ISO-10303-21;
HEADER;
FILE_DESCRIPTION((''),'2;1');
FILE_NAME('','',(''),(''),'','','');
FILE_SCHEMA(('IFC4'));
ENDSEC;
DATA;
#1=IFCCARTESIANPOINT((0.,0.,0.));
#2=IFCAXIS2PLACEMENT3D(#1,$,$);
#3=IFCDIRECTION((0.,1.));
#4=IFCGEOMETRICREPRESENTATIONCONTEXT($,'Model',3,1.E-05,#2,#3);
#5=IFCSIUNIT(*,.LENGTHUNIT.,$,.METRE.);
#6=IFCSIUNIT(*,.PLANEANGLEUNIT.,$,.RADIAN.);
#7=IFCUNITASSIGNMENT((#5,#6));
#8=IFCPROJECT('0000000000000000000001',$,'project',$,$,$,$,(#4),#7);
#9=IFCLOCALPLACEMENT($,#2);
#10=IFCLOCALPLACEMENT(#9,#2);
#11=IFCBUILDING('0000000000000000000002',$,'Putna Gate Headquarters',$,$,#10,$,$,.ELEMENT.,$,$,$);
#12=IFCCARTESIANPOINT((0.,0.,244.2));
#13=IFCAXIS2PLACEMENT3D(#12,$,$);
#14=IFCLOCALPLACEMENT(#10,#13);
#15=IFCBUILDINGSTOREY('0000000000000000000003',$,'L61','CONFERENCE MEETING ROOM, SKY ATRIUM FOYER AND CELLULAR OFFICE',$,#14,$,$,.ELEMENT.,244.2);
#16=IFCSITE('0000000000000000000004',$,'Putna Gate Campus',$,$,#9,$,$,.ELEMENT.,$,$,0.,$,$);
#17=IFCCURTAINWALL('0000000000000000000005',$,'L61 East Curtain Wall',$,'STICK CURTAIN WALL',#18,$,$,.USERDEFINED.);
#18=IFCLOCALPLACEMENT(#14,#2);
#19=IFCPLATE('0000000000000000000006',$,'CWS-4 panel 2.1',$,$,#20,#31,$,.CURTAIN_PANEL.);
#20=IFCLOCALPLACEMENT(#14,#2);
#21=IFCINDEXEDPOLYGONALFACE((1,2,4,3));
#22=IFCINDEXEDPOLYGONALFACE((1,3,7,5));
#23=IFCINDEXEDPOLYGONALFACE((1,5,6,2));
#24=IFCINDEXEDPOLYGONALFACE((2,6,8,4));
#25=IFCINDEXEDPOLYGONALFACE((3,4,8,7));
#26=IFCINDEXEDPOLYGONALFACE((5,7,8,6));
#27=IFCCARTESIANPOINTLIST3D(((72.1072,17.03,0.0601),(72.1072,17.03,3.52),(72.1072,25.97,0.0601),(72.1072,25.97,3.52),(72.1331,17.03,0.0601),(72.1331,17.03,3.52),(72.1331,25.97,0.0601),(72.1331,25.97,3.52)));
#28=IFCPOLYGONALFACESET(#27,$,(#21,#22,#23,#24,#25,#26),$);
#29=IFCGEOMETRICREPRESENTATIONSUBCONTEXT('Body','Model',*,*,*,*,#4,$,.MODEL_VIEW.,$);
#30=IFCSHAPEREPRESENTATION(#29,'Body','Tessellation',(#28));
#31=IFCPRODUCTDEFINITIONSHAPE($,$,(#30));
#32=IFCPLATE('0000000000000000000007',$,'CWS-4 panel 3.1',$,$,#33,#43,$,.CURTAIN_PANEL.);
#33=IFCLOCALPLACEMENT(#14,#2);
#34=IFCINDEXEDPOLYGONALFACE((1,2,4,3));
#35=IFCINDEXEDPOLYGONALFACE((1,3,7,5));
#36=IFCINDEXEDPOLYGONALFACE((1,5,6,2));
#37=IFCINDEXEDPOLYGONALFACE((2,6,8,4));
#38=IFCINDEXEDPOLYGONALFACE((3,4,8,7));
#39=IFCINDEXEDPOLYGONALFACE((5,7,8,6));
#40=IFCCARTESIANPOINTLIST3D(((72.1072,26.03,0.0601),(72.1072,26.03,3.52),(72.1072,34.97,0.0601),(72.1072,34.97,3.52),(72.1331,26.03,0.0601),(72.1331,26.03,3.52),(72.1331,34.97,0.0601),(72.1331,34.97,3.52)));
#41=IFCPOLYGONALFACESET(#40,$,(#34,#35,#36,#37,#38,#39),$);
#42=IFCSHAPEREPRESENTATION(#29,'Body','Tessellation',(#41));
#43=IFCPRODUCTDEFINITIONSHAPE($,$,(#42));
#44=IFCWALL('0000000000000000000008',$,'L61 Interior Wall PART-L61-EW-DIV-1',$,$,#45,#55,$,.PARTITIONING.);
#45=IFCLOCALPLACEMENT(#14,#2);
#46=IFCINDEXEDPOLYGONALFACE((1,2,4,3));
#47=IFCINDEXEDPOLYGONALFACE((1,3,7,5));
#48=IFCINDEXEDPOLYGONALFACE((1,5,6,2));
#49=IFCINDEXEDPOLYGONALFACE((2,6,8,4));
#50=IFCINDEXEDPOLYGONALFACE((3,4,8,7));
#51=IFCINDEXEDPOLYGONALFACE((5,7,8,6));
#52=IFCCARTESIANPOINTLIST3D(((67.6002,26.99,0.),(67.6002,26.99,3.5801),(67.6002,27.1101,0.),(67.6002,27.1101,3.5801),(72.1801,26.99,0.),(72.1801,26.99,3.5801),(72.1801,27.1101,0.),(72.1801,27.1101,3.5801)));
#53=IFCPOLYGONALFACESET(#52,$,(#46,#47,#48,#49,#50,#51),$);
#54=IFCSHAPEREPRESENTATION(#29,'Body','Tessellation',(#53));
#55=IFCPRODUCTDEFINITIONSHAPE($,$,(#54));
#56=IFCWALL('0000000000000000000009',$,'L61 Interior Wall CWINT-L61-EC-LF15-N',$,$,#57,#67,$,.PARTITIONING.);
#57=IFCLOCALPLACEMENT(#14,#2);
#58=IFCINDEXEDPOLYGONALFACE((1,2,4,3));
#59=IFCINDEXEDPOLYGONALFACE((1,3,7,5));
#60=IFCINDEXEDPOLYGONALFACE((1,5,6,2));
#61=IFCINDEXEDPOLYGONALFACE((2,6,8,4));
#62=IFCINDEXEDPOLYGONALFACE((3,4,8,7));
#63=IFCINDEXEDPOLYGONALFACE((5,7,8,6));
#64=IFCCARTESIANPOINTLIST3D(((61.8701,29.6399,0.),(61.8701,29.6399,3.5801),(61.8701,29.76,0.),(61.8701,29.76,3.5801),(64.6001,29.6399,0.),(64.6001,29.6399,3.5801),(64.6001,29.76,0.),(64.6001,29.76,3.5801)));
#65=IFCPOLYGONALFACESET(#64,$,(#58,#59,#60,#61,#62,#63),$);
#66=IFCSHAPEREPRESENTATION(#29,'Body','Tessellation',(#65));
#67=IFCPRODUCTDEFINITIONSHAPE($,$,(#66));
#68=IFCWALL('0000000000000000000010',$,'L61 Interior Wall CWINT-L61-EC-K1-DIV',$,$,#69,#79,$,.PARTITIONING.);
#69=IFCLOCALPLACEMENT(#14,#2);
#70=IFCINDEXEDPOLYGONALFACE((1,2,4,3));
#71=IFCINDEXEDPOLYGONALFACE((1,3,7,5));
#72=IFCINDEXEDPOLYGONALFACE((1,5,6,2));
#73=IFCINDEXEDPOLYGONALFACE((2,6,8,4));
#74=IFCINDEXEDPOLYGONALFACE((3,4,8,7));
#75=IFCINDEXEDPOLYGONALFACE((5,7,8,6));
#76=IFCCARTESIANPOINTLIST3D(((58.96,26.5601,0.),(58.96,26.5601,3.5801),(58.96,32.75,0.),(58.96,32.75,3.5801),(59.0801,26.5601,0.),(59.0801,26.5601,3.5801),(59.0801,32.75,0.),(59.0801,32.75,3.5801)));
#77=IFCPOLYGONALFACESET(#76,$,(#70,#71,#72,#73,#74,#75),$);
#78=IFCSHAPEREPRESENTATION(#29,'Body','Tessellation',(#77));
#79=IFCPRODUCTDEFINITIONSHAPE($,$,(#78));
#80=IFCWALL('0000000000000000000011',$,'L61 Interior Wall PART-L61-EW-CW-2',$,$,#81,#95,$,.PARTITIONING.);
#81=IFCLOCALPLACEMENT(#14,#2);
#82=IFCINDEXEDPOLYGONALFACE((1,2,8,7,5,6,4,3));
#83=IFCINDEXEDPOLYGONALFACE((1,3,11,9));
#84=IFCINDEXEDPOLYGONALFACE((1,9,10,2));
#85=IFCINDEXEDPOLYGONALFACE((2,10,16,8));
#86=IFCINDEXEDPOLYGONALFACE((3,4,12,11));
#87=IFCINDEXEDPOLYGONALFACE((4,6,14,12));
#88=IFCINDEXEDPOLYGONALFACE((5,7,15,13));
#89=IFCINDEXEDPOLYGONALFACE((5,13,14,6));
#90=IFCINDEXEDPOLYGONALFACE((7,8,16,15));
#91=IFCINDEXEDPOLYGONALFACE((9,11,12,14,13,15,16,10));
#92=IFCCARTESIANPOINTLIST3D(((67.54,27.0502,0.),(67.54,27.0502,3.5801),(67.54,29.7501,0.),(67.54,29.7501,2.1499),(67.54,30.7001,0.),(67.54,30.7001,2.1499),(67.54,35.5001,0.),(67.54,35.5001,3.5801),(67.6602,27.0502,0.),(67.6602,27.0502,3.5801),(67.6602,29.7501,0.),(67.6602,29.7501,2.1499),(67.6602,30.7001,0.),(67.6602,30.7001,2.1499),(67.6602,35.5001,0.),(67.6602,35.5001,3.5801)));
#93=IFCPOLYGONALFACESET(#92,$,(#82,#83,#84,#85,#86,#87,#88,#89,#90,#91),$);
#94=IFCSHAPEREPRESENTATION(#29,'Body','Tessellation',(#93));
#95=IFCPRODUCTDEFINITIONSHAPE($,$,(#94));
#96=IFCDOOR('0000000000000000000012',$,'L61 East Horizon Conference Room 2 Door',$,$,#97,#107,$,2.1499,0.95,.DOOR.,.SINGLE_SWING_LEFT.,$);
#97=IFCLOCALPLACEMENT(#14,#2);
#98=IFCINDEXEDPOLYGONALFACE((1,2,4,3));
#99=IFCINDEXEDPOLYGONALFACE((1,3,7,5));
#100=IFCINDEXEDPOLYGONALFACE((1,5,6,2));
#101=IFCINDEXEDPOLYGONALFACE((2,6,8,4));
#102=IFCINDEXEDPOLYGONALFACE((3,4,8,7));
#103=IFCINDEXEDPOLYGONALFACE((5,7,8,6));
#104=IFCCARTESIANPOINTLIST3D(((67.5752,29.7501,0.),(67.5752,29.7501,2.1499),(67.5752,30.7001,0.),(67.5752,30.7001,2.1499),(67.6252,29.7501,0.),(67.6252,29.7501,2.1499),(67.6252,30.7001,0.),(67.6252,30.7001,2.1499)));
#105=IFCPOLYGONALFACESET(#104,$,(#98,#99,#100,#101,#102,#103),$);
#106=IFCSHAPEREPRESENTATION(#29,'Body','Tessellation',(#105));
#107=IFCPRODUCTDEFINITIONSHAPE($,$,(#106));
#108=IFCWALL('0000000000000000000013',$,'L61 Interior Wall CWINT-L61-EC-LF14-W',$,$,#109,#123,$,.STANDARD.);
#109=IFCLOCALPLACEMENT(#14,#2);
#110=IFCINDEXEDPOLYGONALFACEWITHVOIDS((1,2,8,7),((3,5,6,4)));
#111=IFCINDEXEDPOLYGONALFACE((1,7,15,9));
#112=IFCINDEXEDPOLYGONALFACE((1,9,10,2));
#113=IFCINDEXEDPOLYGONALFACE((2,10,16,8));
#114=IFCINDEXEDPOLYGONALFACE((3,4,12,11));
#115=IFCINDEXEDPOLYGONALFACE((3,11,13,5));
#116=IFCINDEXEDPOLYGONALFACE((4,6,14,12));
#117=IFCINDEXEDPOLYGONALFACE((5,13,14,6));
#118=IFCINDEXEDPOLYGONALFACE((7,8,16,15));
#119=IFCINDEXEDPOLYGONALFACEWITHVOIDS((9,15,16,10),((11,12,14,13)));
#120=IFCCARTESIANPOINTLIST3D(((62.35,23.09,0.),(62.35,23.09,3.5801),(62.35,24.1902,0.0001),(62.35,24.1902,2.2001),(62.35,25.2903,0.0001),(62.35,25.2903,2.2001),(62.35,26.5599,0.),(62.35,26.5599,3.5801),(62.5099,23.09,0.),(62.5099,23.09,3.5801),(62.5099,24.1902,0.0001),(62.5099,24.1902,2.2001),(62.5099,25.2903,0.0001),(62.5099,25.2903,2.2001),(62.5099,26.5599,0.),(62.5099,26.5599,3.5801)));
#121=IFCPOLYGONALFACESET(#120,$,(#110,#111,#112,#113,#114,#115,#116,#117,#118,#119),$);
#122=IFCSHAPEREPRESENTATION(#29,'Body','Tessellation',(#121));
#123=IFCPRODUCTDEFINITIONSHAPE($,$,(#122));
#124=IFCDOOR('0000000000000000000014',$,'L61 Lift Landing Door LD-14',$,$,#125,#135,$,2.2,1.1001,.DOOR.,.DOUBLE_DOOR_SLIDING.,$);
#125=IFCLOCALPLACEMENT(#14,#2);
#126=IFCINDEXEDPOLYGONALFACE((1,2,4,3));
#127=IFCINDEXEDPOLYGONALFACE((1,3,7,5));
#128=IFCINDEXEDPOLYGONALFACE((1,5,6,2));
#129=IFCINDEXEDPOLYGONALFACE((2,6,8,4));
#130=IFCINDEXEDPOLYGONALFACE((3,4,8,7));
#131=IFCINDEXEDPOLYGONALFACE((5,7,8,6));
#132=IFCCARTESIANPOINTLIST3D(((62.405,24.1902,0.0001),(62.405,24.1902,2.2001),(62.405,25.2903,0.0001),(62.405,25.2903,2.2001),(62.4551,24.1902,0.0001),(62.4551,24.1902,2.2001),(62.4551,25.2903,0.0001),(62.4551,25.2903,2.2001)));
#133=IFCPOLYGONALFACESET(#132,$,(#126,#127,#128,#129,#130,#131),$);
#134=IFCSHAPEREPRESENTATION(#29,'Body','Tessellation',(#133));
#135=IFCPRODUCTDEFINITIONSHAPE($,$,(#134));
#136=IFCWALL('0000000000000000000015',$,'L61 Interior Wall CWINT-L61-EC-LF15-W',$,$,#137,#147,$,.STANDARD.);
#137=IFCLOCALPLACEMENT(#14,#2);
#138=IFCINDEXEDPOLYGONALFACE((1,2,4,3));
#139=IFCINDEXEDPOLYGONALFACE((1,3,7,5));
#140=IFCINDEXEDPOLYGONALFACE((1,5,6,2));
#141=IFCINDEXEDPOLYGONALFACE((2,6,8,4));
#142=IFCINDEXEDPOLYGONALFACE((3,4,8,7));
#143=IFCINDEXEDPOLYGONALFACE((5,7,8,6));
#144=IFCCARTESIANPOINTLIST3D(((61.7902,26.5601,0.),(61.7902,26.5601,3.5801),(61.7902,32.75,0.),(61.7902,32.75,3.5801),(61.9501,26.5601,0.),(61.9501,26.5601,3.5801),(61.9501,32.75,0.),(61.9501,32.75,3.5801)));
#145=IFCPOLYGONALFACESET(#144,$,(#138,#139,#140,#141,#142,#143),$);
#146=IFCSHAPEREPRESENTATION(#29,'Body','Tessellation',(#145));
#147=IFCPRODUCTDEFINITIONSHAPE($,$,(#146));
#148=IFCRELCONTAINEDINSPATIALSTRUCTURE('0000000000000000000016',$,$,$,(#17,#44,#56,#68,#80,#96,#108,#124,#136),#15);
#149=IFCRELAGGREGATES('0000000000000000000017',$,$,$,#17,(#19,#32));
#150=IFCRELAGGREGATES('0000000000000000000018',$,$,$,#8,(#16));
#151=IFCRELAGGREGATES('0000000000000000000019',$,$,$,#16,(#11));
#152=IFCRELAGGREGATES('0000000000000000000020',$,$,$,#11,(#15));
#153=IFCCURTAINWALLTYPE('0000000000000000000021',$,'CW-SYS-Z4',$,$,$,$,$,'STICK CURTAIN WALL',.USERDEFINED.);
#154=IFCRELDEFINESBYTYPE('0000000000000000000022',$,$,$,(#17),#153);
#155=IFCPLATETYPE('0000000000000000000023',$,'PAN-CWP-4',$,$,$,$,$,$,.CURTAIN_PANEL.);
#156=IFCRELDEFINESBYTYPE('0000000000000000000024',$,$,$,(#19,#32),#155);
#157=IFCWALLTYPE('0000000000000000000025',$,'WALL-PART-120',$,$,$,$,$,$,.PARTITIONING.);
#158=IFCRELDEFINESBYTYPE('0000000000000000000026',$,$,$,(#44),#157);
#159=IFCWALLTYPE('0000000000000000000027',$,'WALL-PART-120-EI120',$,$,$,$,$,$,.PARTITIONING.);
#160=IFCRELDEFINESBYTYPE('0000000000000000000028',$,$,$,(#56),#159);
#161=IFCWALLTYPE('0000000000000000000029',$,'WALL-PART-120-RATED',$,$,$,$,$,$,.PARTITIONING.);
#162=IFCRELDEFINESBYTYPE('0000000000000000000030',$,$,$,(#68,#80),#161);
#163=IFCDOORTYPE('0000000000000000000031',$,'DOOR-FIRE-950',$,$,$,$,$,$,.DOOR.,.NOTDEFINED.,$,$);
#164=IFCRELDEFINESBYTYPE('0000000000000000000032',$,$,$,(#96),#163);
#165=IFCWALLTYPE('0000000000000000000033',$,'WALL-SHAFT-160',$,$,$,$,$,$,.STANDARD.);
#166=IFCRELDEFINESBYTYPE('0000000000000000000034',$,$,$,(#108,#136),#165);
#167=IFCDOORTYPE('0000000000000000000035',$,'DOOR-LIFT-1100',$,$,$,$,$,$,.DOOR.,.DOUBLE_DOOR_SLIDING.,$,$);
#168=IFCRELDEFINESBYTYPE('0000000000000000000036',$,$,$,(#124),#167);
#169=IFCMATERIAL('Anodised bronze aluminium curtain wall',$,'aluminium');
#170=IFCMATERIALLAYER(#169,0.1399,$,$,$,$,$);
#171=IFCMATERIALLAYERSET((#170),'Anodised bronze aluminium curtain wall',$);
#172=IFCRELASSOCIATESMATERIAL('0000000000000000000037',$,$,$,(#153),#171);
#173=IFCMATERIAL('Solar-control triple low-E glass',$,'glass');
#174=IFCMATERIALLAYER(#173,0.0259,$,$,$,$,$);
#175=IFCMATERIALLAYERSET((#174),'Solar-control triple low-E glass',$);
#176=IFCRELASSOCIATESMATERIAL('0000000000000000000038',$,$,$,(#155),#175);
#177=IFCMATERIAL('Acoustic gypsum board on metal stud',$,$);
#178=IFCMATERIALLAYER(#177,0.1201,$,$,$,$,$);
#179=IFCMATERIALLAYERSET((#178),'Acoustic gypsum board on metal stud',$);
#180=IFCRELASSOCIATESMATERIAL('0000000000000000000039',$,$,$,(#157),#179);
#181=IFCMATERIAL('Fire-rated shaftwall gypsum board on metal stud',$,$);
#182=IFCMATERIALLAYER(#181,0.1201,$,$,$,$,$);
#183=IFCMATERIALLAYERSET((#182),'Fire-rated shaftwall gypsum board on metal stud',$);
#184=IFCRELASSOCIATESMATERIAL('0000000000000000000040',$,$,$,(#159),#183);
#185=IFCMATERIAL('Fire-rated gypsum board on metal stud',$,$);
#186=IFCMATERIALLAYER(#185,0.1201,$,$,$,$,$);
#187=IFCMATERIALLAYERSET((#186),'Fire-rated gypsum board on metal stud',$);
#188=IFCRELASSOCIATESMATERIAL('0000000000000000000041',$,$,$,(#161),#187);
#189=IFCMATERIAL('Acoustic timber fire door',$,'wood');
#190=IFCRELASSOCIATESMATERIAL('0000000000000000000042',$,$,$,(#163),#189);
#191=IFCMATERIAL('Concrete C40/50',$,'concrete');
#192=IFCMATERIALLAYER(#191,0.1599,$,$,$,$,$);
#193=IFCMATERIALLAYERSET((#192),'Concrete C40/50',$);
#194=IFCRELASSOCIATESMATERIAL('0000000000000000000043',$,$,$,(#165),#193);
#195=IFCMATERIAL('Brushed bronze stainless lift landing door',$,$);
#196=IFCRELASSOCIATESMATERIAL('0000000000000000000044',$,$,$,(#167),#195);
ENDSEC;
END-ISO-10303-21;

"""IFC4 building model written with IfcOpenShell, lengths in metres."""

from ifc_helpers import new_model, si_unit, direction, frame, frame_2d, origin, origin_2d, place, context, subcontext, project, spatial, rectangle, extrude, material, layer, layer_set, type_object, element, fill, aggregate, save


model = new_model("IFC4")

# Units and contexts
model_context = context("Model", 3, precision=1e-05, world=origin(), true_north=direction((0.0, 1.0)))
body_context = subcontext(model_context, "Body", "Model", "MODEL_VIEW")
ifc_project = project(units=[si_unit("LENGTHUNIT", "METRE"), si_unit("PLANEANGLEUNIT", "RADIAN")], contexts=[model_context])

# Site, building, storey
site_placement = place(None, origin())
site = spatial("IfcSite", under=ifc_project, at=site_placement, Name="Putna Gate Campus", CompositionType="ELEMENT", RefElevation=0.0)
building_placement = place(site_placement, origin())
building = spatial("IfcBuilding", under=site, at=building_placement, Name="Putna Gate Headquarters", CompositionType="ELEMENT")
storey_placement = place(building_placement, frame((0.0, 0.0, 244.2)))
storey = spatial("IfcBuildingStorey", under=building, at=storey_placement, Name="L61", Description="CONFERENCE MEETING ROOM, SKY ATRIUM FOYER AND CELLULAR OFFICE", CompositionType="ELEMENT", Elevation=244.2)

# Curtain wall, plates
ifc_material_1 = material(Name="Anodised bronze aluminium curtain wall", Category="aluminium")
ifc_layer_1 = layer(ifc_material_1, 0.1399)
ifc_layer_set_1 = layer_set([ifc_layer_1], Name="Anodised bronze aluminium curtain wall")
curtain_wall_type = type_object("IfcCurtainWallType", Name="CW-SYS-Z4", ElementType="STICK CURTAIN WALL", PredefinedType="USERDEFINED", material=ifc_layer_set_1)
curtain_wall_placement = place(storey_placement, origin())
curtain_wall = element("IfcCurtainWall", 1, at=curtain_wall_placement, inside=storey, type_object=curtain_wall_type, Name="L61 East Curtain Wall", ObjectType="STICK CURTAIN WALL", PredefinedType="USERDEFINED")
ifc_material_2 = material(Name="Solar-control triple low-E glass", Category="glass")
ifc_layer_2 = layer(ifc_material_2, 0.0259)
ifc_layer_set_2 = layer_set([ifc_layer_2], Name="Solar-control triple low-E glass")
plate_type = type_object("IfcPlateType", Name="PAN-CWP-4", PredefinedType="CURTAIN_PANEL", material=ifc_layer_set_2)
plate_1_placement = place(storey_placement, frame((72.1201, 21.5, 0.0601), z_axis=(0.0, 0.0, 1.0), x_axis=(0.0, 1.0, 0.0)))
plate_1 = element("IfcPlate", 2, at=plate_1_placement, type_object=plate_type, Name="CWS-4 panel 2.1", PredefinedType="CURTAIN_PANEL", context=body_context, shape_type="SweptSolid", body=[
    extrude(rectangle(XDim=8.9399, YDim=0.0259, at=origin_2d()), origin(), (0.0, 0.0, 1.0), 3.46),
])
plate_2_placement = place(storey_placement, frame((72.1201, 30.5, 0.0601), z_axis=(0.0, 0.0, 1.0), x_axis=(0.0, 1.0, 0.0)))
plate_2 = element("IfcPlate", 3, at=plate_2_placement, type_object=plate_type, Name="CWS-4 panel 3.1", PredefinedType="CURTAIN_PANEL", context=body_context, shape_type="SweptSolid", body=[
    extrude(rectangle(XDim=8.9399, YDim=0.0259, at=origin_2d()), origin(), (0.0, 0.0, 1.0), 3.46),
])
aggregate(curtain_wall, [plate_1, plate_2])

# Walls
ifc_material_3 = material(Name="Acoustic gypsum board on metal stud")
ifc_layer_3 = layer(ifc_material_3, 0.1201)
ifc_layer_set_3 = layer_set([ifc_layer_3], Name="Acoustic gypsum board on metal stud")
wall_type_1 = type_object("IfcWallType", Name="WALL-PART-120", PredefinedType="PARTITIONING", material=ifc_layer_set_3)
wall_1_placement = place(storey_placement, frame((67.6001, 27.05, 0.0), z_axis=(0.0, 0.0, 1.0), x_axis=(1.0, 0.0, 0.0)))
element("IfcWall", 4, at=wall_1_placement, inside=storey, type_object=wall_type_1, Name="L61 Interior Wall PART-L61-EW-DIV-1", PredefinedType="PARTITIONING", context=body_context, shape_type="SweptSolid", body=[
    extrude(rectangle(XDim=4.5798, YDim=0.1201, at=frame_2d((2.29, 0.0))), origin(), (0.0, 0.0, 1.0), 3.5801),
])
ifc_material_4 = material(Name="Fire-rated shaftwall gypsum board on metal stud")
ifc_layer_4 = layer(ifc_material_4, 0.1201)
ifc_layer_set_4 = layer_set([ifc_layer_4], Name="Fire-rated shaftwall gypsum board on metal stud")
wall_type_2 = type_object("IfcWallType", Name="WALL-PART-120-EI120", PredefinedType="PARTITIONING", material=ifc_layer_set_4)
wall_2_placement = place(storey_placement, frame((61.8701, 29.7, 0.0), z_axis=(0.0, 0.0, 1.0), x_axis=(1.0, 0.0, 0.0)))
element("IfcWall", 5, at=wall_2_placement, inside=storey, type_object=wall_type_2, Name="L61 Interior Wall CWINT-L61-EC-LF15-N", PredefinedType="PARTITIONING", context=body_context, shape_type="SweptSolid", body=[
    extrude(rectangle(XDim=2.73, YDim=0.1201, at=frame_2d((1.365, 0.0))), origin(), (0.0, 0.0, 1.0), 3.5801),
])
ifc_material_5 = material(Name="Fire-rated gypsum board on metal stud")
ifc_layer_5 = layer(ifc_material_5, 0.1201)
ifc_layer_set_5 = layer_set([ifc_layer_5], Name="Fire-rated gypsum board on metal stud")
wall_type_3 = type_object("IfcWallType", Name="WALL-PART-120-RATED", PredefinedType="PARTITIONING", material=ifc_layer_set_5)
wall_3_placement = place(storey_placement, frame((59.02, 26.5601, 0.0), z_axis=(0.0, 0.0, 1.0), x_axis=(0.0, 1.0, 0.0)))
element("IfcWall", 6, at=wall_3_placement, inside=storey, type_object=wall_type_3, Name="L61 Interior Wall CWINT-L61-EC-K1-DIV", PredefinedType="PARTITIONING", context=body_context, shape_type="SweptSolid", body=[
    extrude(rectangle(XDim=6.1899, YDim=0.1201, at=frame_2d((3.095, 0.0))), origin(), (0.0, 0.0, 1.0), 3.5801),
])

# Walls, openings, doors
wall_4_placement = place(storey_placement, frame((67.6001, 27.05, 0.0), z_axis=(0.0, 0.0, 1.0), x_axis=(0.0, 1.0, 0.0)))
wall_4 = element("IfcWall", 7, at=wall_4_placement, inside=storey, type_object=wall_type_3, Name="L61 Interior Wall PART-L61-EW-CW-2", PredefinedType="PARTITIONING", context=body_context, shape_type="SweptSolid", body=[
    extrude(rectangle(XDim=8.45, YDim=0.1201, at=frame_2d((4.2251, 0.0))), origin(), (0.0, 0.0, 1.0), 3.5801),
])
opening_1_placement = place(wall_4_placement, frame((2.7, 0.0, 0.0)))
opening_1 = element("IfcOpeningElement", 8, at=opening_1_placement, cuts=wall_4, PredefinedType="OPENING", context=body_context, shape_type="SweptSolid", body=[
    extrude(rectangle(XDim=0.95, YDim=2.1499, at=frame_2d((0.4751, 1.075))), frame((0.0, 0.0701, 0.0), z_axis=(0.0, -1.0, 0.0), x_axis=(1.0, 0.0, 0.0)), (0.0, 0.0, 1.0), 0.1401),
])
ifc_material_6 = material(Name="Acoustic timber fire door", Category="wood")
door_type_1 = type_object("IfcDoorType", Name="DOOR-FIRE-950", OperationType="NOTDEFINED", PredefinedType="DOOR", material=ifc_material_6)
door_1_placement = place(opening_1_placement, origin())
door_1 = element("IfcDoor", 9, at=door_1_placement, inside=storey, type_object=door_type_1, Name="L61 East Horizon Conference Room 2 Door", OperationType="SINGLE_SWING_LEFT", OverallHeight=2.1499, OverallWidth=0.95, PredefinedType="DOOR", context=body_context, shape_type="SweptSolid", body=[
    extrude(rectangle(XDim=0.95, YDim=2.1499, at=frame_2d((0.4751, 1.075))), frame((0.0, 0.0249, 0.0), z_axis=(0.0, -1.0, 0.0), x_axis=(1.0, 0.0, 0.0)), (0.0, 0.0, 1.0), 0.05),
])
fill(opening_1, door_1)
ifc_material_7 = material(Name="Concrete C40/50", Category="concrete")
ifc_layer_6 = layer(ifc_material_7, 0.1599)
ifc_layer_set_6 = layer_set([ifc_layer_6], Name="Concrete C40/50")
wall_type_4 = type_object("IfcWallType", Name="WALL-SHAFT-160", PredefinedType="STANDARD", material=ifc_layer_set_6)
wall_5_placement = place(storey_placement, frame((62.4299, 23.0901, 0.0), z_axis=(0.0, 0.0, 1.0), x_axis=(0.0, 1.0, 0.0)))
wall_5 = element("IfcWall", 10, at=wall_5_placement, inside=storey, type_object=wall_type_4, Name="L61 Interior Wall CWINT-L61-EC-LF14-W", PredefinedType="STANDARD", context=body_context, shape_type="SweptSolid", body=[
    extrude(rectangle(XDim=3.47, YDim=0.1599, at=frame_2d((1.7349, 0.0))), origin(), (0.0, 0.0, 1.0), 3.5801),
])
opening_2_placement = place(wall_5_placement, frame((1.1001, 0.0, 0.0)))
opening_2 = element("IfcOpeningElement", 11, at=opening_2_placement, cuts=wall_5, PredefinedType="OPENING", context=body_context, shape_type="SweptSolid", body=[
    extrude(rectangle(XDim=1.1001, YDim=2.2, at=frame_2d((0.55, 1.1001))), frame((0.0, 0.0898, 0.0), z_axis=(0.0, -1.0, 0.0), x_axis=(1.0, 0.0, 0.0)), (0.0, 0.0, 1.0), 0.1799),
])
ifc_material_8 = material(Name="Brushed bronze stainless lift landing door")
door_type_2 = type_object("IfcDoorType", Name="DOOR-LIFT-1100", OperationType="DOUBLE_DOOR_SLIDING", PredefinedType="DOOR", material=ifc_material_8)
door_2_placement = place(opening_2_placement, origin())
door_2 = element("IfcDoor", 12, at=door_2_placement, inside=storey, type_object=door_type_2, Name="L61 Lift Landing Door LD-14", OperationType="DOUBLE_DOOR_SLIDING", OverallHeight=2.2, OverallWidth=1.1001, PredefinedType="DOOR", context=body_context, shape_type="SweptSolid", body=[
    extrude(rectangle(XDim=1.1001, YDim=2.2, at=frame_2d((0.55, 1.1001))), frame((0.0, 0.0249, 0.0), z_axis=(0.0, -1.0, 0.0), x_axis=(1.0, 0.0, 0.0)), (0.0, 0.0, 1.0), 0.05),
])
fill(opening_2, door_2)

# Wall
wall_6_placement = place(storey_placement, frame((61.8701, 26.5601, 0.0), z_axis=(0.0, 0.0, 1.0), x_axis=(0.0, 1.0, 0.0)))
element("IfcWall", 13, at=wall_6_placement, inside=storey, type_object=wall_type_4, Name="L61 Interior Wall CWINT-L61-EC-LF15-W", PredefinedType="STANDARD", context=body_context, shape_type="SweptSolid", body=[
    extrude(rectangle(XDim=6.1899, YDim=0.1599, at=frame_2d((3.095, 0.0))), origin(), (0.0, 0.0, 1.0), 3.5801),
])

save(model, "model.ifc")
